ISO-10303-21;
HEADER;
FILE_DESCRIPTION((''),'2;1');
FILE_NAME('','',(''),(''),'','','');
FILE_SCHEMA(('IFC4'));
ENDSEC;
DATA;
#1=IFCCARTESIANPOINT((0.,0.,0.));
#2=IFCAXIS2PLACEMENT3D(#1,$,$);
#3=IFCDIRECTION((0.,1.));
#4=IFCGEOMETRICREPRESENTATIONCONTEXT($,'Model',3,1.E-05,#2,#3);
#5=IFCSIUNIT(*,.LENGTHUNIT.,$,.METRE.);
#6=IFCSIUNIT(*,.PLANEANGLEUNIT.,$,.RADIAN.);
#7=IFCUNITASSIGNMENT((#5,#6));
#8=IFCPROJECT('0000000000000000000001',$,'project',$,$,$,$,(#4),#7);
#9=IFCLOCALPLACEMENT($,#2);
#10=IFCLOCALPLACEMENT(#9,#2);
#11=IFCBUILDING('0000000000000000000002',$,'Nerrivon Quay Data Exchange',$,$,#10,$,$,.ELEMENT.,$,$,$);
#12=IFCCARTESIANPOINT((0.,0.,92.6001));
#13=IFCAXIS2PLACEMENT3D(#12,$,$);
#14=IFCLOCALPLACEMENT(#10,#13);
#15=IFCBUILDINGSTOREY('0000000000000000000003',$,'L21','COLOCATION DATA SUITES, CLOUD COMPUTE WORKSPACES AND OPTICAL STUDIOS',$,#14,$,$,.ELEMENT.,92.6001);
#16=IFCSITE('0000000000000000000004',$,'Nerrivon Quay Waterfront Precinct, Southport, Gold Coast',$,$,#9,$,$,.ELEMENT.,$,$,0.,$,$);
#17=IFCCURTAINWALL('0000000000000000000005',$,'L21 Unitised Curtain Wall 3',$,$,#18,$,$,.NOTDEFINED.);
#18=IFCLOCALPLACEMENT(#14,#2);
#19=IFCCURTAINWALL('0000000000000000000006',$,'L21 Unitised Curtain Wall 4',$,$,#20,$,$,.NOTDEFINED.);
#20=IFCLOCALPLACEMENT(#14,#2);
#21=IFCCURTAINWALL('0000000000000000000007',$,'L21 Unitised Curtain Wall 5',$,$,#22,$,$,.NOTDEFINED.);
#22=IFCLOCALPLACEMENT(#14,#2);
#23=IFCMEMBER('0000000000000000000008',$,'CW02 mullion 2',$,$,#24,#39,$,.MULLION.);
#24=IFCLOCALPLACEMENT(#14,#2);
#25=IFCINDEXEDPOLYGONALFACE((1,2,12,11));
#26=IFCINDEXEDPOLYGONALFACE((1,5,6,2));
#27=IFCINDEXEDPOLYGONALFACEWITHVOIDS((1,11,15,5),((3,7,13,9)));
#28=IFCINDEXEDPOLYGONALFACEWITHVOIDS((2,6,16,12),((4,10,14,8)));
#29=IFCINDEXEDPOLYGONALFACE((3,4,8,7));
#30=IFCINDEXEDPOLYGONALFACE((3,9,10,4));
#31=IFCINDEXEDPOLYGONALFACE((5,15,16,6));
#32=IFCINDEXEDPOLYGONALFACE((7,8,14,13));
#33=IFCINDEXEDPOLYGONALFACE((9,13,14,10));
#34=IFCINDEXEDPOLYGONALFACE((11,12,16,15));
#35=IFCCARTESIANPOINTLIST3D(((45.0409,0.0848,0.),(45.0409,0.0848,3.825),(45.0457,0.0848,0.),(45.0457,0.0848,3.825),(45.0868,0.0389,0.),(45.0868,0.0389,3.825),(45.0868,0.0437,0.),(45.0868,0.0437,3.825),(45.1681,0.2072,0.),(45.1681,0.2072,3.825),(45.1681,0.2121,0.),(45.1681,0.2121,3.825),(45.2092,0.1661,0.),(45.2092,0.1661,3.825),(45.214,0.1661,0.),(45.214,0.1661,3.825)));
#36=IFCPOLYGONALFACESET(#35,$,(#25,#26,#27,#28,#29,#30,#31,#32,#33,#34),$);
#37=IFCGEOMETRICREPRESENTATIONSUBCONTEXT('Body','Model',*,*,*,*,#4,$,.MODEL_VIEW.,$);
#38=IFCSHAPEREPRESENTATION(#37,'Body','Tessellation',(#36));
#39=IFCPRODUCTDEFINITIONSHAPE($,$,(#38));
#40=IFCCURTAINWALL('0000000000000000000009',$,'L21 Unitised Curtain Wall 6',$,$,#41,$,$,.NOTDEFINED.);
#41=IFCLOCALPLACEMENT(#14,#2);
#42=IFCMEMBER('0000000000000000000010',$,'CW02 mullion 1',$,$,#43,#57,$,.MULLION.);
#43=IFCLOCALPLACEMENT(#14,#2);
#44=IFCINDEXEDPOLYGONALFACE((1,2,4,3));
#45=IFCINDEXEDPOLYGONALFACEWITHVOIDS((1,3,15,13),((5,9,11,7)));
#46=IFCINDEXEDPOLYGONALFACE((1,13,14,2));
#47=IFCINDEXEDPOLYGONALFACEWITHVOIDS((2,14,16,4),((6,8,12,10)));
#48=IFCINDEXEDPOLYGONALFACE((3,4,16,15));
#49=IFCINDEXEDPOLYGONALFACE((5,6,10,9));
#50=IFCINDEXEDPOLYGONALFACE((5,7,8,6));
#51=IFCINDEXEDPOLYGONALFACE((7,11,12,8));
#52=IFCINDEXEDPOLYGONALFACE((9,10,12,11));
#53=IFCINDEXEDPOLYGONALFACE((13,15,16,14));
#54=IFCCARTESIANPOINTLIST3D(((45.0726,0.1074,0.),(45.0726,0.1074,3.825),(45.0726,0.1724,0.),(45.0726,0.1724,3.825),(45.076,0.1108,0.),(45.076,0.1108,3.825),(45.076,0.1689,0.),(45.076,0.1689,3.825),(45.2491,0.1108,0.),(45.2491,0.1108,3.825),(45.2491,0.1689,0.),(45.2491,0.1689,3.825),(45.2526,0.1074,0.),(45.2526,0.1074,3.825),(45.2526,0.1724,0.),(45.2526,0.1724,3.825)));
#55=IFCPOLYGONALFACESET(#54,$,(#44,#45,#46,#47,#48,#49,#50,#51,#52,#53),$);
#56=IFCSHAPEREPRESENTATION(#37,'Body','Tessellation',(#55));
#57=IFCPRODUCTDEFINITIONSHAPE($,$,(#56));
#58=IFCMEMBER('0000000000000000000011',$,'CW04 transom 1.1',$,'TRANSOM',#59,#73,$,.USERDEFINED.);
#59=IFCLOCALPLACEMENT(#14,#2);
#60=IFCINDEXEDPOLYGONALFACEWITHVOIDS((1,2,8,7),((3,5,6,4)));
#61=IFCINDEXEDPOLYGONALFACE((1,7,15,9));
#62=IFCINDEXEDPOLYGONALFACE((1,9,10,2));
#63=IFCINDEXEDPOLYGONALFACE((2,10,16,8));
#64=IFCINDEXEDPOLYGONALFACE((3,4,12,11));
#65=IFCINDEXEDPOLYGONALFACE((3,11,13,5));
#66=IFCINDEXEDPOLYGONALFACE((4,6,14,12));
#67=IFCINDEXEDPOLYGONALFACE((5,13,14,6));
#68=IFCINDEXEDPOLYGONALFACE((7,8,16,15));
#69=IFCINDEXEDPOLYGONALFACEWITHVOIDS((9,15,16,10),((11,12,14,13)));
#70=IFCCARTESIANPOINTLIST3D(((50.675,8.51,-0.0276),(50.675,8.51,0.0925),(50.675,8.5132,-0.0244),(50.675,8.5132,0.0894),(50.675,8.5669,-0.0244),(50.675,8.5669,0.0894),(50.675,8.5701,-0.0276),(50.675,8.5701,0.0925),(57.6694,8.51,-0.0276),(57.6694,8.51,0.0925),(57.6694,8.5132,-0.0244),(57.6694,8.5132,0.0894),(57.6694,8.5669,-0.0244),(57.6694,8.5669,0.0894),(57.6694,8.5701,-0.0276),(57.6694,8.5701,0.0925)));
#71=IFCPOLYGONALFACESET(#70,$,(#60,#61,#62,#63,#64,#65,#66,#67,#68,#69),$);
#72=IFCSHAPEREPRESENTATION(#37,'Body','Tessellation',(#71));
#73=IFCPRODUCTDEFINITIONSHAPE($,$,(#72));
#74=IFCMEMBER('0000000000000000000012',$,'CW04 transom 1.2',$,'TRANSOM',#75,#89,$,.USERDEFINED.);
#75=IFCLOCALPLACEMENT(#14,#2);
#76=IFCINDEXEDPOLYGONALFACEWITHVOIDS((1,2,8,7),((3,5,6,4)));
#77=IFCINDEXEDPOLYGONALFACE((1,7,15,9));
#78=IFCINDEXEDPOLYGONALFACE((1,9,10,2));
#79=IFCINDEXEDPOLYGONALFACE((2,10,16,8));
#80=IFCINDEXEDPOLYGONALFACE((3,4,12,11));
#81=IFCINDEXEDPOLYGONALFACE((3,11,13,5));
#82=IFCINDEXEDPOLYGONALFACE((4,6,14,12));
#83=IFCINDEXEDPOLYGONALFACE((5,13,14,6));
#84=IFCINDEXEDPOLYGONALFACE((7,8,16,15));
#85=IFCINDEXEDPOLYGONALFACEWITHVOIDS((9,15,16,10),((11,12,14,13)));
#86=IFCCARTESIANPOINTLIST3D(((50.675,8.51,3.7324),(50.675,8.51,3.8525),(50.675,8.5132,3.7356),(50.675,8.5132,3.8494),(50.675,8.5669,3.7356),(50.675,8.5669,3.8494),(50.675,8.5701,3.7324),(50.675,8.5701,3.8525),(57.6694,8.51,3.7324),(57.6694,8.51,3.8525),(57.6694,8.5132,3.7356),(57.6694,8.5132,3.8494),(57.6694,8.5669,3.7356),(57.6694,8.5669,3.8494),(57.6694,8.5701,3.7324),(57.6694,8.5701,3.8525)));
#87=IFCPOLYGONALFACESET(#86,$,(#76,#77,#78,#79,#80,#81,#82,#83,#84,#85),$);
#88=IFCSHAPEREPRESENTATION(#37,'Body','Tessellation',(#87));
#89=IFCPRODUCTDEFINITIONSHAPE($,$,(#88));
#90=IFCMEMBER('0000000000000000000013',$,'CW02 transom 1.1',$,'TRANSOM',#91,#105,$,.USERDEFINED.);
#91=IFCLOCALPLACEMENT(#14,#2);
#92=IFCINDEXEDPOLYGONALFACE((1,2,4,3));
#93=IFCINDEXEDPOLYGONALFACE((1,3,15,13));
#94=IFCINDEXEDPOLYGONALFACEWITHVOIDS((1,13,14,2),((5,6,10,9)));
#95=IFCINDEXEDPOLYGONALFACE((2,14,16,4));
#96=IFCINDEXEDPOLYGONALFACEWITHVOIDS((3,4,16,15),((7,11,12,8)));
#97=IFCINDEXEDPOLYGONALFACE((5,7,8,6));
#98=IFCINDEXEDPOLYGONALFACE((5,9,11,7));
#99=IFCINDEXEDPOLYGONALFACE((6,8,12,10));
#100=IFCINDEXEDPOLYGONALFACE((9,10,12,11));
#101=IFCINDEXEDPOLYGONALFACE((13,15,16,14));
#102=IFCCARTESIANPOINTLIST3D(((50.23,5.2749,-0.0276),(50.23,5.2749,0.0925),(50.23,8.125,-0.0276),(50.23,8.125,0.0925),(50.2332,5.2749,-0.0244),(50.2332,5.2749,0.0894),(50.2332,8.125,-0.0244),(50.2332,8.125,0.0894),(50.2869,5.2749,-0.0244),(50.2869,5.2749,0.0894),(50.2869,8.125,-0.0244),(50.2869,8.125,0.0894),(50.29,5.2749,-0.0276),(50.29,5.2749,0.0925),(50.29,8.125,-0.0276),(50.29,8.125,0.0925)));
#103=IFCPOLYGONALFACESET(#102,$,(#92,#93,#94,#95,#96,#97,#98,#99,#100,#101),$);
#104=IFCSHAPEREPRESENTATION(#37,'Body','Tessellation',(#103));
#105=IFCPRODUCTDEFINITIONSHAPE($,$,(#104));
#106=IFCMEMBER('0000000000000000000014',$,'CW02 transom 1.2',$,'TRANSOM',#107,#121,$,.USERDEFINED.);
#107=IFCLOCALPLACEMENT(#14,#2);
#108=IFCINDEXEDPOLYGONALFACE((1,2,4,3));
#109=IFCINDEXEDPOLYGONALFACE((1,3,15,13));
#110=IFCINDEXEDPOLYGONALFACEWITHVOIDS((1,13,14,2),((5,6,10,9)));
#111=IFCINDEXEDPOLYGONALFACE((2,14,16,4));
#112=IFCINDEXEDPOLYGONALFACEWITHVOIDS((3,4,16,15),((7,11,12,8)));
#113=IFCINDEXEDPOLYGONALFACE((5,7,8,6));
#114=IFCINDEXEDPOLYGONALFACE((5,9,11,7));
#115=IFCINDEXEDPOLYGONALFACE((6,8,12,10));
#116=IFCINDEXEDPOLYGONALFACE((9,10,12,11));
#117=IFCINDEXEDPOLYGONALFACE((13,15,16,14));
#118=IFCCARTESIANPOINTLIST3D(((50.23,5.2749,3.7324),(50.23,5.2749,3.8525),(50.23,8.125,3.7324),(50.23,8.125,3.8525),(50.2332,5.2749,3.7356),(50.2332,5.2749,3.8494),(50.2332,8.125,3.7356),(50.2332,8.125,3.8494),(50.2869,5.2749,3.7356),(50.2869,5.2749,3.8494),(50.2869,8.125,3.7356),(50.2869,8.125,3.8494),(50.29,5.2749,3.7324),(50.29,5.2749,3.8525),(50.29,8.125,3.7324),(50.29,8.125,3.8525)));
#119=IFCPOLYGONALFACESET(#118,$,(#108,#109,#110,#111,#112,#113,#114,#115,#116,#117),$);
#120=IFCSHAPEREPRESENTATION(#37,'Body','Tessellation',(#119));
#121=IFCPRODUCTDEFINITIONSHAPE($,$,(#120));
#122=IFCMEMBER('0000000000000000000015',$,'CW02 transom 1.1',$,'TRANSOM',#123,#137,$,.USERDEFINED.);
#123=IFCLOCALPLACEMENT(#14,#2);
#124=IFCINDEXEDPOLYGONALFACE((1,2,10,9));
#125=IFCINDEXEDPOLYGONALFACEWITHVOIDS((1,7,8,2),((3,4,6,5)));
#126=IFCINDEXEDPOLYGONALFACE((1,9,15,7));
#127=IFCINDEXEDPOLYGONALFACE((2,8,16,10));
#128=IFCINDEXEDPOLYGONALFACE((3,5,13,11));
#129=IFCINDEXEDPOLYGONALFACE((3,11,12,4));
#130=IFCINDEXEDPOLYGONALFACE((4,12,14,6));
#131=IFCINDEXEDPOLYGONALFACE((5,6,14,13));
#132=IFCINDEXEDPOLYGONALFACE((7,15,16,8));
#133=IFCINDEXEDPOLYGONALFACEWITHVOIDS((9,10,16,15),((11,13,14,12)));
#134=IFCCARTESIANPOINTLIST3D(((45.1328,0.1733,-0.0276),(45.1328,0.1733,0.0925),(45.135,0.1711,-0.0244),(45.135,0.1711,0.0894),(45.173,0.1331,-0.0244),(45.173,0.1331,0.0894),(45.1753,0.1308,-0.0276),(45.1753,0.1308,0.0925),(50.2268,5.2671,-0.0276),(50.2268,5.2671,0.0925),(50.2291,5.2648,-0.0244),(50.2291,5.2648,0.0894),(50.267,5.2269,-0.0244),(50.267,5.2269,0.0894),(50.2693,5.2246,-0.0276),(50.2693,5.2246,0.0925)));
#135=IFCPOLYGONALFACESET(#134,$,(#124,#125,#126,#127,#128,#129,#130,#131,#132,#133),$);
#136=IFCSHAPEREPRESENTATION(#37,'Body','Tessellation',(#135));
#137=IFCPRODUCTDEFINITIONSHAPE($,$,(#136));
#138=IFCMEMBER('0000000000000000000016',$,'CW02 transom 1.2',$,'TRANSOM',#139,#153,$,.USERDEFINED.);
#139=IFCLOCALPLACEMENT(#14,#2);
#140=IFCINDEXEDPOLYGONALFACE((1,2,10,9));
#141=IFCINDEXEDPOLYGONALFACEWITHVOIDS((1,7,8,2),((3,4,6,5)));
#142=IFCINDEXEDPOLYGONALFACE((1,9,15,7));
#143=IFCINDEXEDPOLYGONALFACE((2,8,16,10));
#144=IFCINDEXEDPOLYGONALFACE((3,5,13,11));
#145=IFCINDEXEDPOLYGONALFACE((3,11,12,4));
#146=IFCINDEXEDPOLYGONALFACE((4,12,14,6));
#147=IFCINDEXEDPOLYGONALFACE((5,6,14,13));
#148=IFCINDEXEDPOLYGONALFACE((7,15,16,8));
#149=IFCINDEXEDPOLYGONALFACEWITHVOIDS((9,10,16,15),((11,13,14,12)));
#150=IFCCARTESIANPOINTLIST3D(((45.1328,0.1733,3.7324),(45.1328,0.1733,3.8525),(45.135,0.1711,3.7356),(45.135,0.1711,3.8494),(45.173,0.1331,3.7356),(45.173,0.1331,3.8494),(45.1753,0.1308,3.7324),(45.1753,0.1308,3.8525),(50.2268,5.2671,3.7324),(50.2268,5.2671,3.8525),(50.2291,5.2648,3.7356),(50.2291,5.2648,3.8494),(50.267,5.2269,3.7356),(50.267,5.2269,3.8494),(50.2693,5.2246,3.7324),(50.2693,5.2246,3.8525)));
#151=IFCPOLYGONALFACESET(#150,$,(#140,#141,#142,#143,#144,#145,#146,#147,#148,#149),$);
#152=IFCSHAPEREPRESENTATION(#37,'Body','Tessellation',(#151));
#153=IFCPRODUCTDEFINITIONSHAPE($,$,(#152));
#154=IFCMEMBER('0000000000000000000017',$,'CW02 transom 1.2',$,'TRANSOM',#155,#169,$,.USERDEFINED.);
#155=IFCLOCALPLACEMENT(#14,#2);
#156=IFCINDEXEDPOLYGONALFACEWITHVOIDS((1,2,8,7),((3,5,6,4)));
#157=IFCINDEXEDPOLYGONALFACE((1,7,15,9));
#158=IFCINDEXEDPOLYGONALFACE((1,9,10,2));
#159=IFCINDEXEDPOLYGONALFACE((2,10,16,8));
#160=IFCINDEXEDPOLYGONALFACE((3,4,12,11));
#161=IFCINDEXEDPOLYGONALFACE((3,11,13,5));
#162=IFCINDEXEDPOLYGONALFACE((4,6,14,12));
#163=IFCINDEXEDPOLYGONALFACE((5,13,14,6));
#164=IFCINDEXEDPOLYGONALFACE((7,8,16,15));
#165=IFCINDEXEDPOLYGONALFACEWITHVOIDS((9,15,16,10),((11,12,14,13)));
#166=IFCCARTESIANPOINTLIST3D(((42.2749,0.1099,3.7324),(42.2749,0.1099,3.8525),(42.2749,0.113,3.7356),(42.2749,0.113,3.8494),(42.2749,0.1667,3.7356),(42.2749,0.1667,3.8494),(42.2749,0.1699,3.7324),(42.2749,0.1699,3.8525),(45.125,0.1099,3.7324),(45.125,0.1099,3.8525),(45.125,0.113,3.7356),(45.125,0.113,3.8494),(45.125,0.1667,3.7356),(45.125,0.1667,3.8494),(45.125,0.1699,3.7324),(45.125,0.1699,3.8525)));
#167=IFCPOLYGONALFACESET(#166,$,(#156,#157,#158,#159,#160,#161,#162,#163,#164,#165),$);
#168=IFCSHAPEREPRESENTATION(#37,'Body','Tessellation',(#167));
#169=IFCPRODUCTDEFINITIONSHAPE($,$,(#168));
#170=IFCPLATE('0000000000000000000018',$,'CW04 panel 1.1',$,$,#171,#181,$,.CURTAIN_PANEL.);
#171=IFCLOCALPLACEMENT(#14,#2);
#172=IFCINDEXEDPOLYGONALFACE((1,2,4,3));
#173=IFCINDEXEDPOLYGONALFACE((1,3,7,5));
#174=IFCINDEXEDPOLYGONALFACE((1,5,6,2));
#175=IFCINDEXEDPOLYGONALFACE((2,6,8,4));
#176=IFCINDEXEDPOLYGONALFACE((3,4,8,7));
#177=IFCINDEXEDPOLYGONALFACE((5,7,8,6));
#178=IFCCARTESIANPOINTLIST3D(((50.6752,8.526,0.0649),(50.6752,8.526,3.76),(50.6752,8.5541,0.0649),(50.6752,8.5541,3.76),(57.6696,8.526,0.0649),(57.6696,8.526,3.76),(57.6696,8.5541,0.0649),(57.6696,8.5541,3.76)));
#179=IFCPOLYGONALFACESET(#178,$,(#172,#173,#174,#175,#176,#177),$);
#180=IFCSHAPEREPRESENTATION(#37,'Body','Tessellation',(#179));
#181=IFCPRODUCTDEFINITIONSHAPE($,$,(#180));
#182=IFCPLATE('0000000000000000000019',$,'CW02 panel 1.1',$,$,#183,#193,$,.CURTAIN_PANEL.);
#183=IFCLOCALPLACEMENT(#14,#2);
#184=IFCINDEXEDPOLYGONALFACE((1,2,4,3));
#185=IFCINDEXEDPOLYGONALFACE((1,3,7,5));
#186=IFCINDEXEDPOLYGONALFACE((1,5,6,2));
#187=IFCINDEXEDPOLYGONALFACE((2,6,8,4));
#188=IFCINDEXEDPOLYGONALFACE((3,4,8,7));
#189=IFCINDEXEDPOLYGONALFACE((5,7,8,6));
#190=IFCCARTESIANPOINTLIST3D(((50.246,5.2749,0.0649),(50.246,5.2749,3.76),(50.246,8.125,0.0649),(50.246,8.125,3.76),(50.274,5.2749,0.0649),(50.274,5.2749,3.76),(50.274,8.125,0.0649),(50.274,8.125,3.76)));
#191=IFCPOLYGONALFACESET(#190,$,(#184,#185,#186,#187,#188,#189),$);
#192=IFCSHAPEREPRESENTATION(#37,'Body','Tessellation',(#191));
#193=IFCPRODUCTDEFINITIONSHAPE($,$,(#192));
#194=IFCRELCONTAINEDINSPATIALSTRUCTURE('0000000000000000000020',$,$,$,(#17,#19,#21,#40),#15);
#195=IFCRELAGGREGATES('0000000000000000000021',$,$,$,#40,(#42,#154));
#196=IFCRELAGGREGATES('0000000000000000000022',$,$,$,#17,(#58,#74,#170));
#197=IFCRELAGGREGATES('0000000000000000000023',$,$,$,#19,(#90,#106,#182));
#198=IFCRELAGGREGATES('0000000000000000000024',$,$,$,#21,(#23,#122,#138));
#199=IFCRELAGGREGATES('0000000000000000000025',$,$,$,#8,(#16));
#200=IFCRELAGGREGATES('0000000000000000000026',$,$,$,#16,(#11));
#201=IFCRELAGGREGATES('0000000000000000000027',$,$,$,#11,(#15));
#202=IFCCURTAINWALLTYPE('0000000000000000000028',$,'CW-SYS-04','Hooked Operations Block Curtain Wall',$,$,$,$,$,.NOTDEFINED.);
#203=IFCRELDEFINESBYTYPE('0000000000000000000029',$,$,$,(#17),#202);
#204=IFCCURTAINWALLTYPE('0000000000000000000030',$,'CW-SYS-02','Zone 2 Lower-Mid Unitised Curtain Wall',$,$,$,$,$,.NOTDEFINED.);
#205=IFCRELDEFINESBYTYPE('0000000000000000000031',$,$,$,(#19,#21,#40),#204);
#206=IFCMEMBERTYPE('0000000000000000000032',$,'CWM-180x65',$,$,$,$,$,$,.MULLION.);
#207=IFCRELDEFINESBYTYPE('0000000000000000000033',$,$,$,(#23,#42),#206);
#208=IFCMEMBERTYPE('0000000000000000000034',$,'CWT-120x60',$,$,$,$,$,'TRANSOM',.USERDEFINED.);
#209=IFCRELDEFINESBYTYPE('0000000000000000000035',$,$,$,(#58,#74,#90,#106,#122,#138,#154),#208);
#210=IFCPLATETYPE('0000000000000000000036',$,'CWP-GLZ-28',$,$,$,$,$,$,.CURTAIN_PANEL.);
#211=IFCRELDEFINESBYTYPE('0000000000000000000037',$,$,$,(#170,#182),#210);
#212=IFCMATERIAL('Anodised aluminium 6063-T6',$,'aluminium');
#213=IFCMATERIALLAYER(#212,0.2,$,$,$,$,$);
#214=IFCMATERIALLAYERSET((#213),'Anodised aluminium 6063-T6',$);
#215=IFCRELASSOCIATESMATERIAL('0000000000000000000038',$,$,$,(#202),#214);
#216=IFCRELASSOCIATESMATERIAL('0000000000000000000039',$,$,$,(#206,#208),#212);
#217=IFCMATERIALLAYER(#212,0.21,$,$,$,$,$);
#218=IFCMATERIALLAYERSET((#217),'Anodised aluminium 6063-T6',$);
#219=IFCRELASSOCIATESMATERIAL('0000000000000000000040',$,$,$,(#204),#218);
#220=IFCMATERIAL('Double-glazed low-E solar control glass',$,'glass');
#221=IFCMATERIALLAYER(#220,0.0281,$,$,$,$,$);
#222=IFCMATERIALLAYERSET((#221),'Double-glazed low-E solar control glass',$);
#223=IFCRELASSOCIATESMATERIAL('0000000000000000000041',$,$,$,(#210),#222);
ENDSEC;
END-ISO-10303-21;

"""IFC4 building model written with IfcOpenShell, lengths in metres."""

from ifc_helpers import new_model, si_unit, direction, frame, origin, origin_2d, place, context, subcontext, project, spatial, rectangle, hollow_rectangle, extrude, material, layer, layer_set, material_profile, profile_set, type_object, element, aggregate, save


model = new_model("IFC4")

# Units and contexts
model_context = context("Model", 3, precision=1e-05, world=origin(), true_north=direction((0.0, 1.0)))
body_context = subcontext(model_context, "Body", "Model", "MODEL_VIEW")
ifc_project = project(units=[si_unit("LENGTHUNIT", "METRE"), si_unit("PLANEANGLEUNIT", "RADIAN")], contexts=[model_context])

# Site, building, storey
site_placement = place(None, origin())
site = spatial("IfcSite", under=ifc_project, at=site_placement, Name="Nerrivon Quay Waterfront Precinct, Southport, Gold Coast", CompositionType="ELEMENT", RefElevation=0.0)
building_placement = place(site_placement, origin())
building = spatial("IfcBuilding", under=site, at=building_placement, Name="Nerrivon Quay Data Exchange", CompositionType="ELEMENT")
storey_placement = place(building_placement, frame((0.0, 0.0, 92.6001)))
storey = spatial("IfcBuildingStorey", under=building, at=storey_placement, Name="L21", Description="COLOCATION DATA SUITES, CLOUD COMPUTE WORKSPACES AND OPTICAL STUDIOS", CompositionType="ELEMENT", Elevation=92.6001)

# Curtain walls, member
ifc_material_1 = material(Name="Anodised aluminium 6063-T6", Category="aluminium")
ifc_layer_1 = layer(ifc_material_1, 0.2)
ifc_layer_set_1 = layer_set([ifc_layer_1], Name="Anodised aluminium 6063-T6")
curtain_wall_type_1 = type_object("IfcCurtainWallType", Name="CW-SYS-04", Description="Hooked Operations Block Curtain Wall", PredefinedType="NOTDEFINED", material=ifc_layer_set_1)
curtain_wall_1_placement = place(storey_placement, origin())
curtain_wall_1 = element("IfcCurtainWall", 1, at=curtain_wall_1_placement, inside=storey, type_object=curtain_wall_type_1, Name="L21 Unitised Curtain Wall 3", PredefinedType="NOTDEFINED")
ifc_material_profile_1 = material_profile(ifc_material_1, hollow_rectangle(XDim=0.0649, YDim=0.1799, WallThickness=0.0034, at=origin_2d()), Name="ALU-MULL-180x65")
ifc_profile_set_1 = profile_set([ifc_material_profile_1], Name="Anodised aluminium 6063-T6")
member_type_1 = type_object("IfcMemberType", Name="CWM-180x65", PredefinedType="MULLION", material=ifc_profile_set_1)
ifc_layer_2 = layer(ifc_material_1, 0.21)
ifc_layer_set_2 = layer_set([ifc_layer_2], Name="Anodised aluminium 6063-T6")
curtain_wall_type_2 = type_object("IfcCurtainWallType", Name="CW-SYS-02", Description="Zone 2 Lower-Mid Unitised Curtain Wall", PredefinedType="NOTDEFINED", material=ifc_layer_set_2)
curtain_wall_2_placement = place(storey_placement, origin())
curtain_wall_2 = element("IfcCurtainWall", 2, at=curtain_wall_2_placement, inside=storey, type_object=curtain_wall_type_2, Name="L21 Unitised Curtain Wall 4", PredefinedType="NOTDEFINED")
curtain_wall_3_placement = place(storey_placement, origin())
curtain_wall_3 = element("IfcCurtainWall", 3, at=curtain_wall_3_placement, inside=storey, type_object=curtain_wall_type_2, Name="L21 Unitised Curtain Wall 5", PredefinedType="NOTDEFINED")
member_1_placement = place(storey_placement, frame((45.1274, 0.1255, 0.0), z_axis=(0.0, 0.0, 1.0), x_axis=(0.707107, -0.707107, 0.0)))
member_1 = element("IfcMember", 4, at=member_1_placement, type_object=member_type_1, Name="CW02 mullion 2", PredefinedType="MULLION", context=body_context, shape_type="SweptSolid", body=[
    extrude(hollow_rectangle(XDim=0.0649, YDim=0.1799, WallThickness=0.0034, at=origin_2d()), origin(), (0.0, 0.0, 1.0), 3.825),
])

# Curtain wall, member
curtain_wall_4_placement = place(storey_placement, origin())
curtain_wall_4 = element("IfcCurtainWall", 5, at=curtain_wall_4_placement, inside=storey, type_object=curtain_wall_type_2, Name="L21 Unitised Curtain Wall 6", PredefinedType="NOTDEFINED")
member_2_placement = place(storey_placement, frame((45.1626, 0.1399, 0.0), z_axis=(0.0, 0.0, 1.0), x_axis=(0.0, -1.0, 0.0)))
member_2 = element("IfcMember", 6, at=member_2_placement, type_object=member_type_1, Name="CW02 mullion 1", PredefinedType="MULLION", context=body_context, shape_type="SweptSolid", body=[
    extrude(hollow_rectangle(XDim=0.0649, YDim=0.1799, WallThickness=0.0034, at=origin_2d()), origin(), (0.0, 0.0, 1.0), 3.825),
])

# Members
ifc_material_profile_2 = material_profile(ifc_material_1, hollow_rectangle(XDim=0.0601, YDim=0.1201, WallThickness=0.0032, at=origin_2d()), Name="ALU-TRAN-120x60")
ifc_profile_set_2 = profile_set([ifc_material_profile_2], Name="Anodised aluminium 6063-T6")
member_type_2 = type_object("IfcMemberType", Name="CWT-120x60", ElementType="TRANSOM", PredefinedType="USERDEFINED", material=ifc_profile_set_2)
member_3_placement = place(storey_placement, frame((57.6694, 8.54, 0.0325), z_axis=(-1.0, 0.0, 0.0), x_axis=(0.0, -1.0, 0.0)))
member_3 = element("IfcMember", 7, at=member_3_placement, type_object=member_type_2, Name="CW04 transom 1.1", ObjectType="TRANSOM", PredefinedType="USERDEFINED", context=body_context, shape_type="SweptSolid", body=[
    extrude(hollow_rectangle(XDim=0.0601, YDim=0.1201, WallThickness=0.0032, at=origin_2d()), origin(), (0.0, 0.0, 1.0), 6.9944),
])
member_4_placement = place(storey_placement, frame((57.6694, 8.54, 3.7925), z_axis=(-1.0, 0.0, 0.0), x_axis=(0.0, -1.0, 0.0)))
member_4 = element("IfcMember", 8, at=member_4_placement, type_object=member_type_2, Name="CW04 transom 1.2", ObjectType="TRANSOM", PredefinedType="USERDEFINED", context=body_context, shape_type="SweptSolid", body=[
    extrude(hollow_rectangle(XDim=0.0601, YDim=0.1201, WallThickness=0.0032, at=origin_2d()), origin(), (0.0, 0.0, 1.0), 6.9944),
])
member_5_placement = place(storey_placement, frame((50.26, 8.125, 0.0325), z_axis=(0.0, -1.0, 0.0), x_axis=(1.0, 0.0, 0.0)))
member_5 = element("IfcMember", 9, at=member_5_placement, type_object=member_type_2, Name="CW02 transom 1.1", ObjectType="TRANSOM", PredefinedType="USERDEFINED", context=body_context, shape_type="SweptSolid", body=[
    extrude(hollow_rectangle(XDim=0.0601, YDim=0.1201, WallThickness=0.0032, at=origin_2d()), origin(), (0.0, 0.0, 1.0), 2.8501),
])
member_6_placement = place(storey_placement, frame((50.26, 8.125, 3.7925), z_axis=(0.0, -1.0, 0.0), x_axis=(1.0, 0.0, 0.0)))
member_6 = element("IfcMember", 10, at=member_6_placement, type_object=member_type_2, Name="CW02 transom 1.2", ObjectType="TRANSOM", PredefinedType="USERDEFINED", context=body_context, shape_type="SweptSolid", body=[
    extrude(hollow_rectangle(XDim=0.0601, YDim=0.1201, WallThickness=0.0032, at=origin_2d()), origin(), (0.0, 0.0, 1.0), 2.8501),
])
member_7_placement = place(storey_placement, frame((50.248, 5.2458, 0.0325), z_axis=(-0.707124, -0.70709, 0.0), x_axis=(0.70709, -0.707124, 0.0)))
member_7 = element("IfcMember", 11, at=member_7_placement, type_object=member_type_2, Name="CW02 transom 1.1", ObjectType="TRANSOM", PredefinedType="USERDEFINED", context=body_context, shape_type="SweptSolid", body=[
    extrude(hollow_rectangle(XDim=0.0601, YDim=0.1201, WallThickness=0.0032, at=origin_2d()), origin(), (0.0, 0.0, 1.0), 7.2039),
])
member_8_placement = place(storey_placement, frame((50.248, 5.2458, 3.7925), z_axis=(-0.707124, -0.70709, 0.0), x_axis=(0.70709, -0.707124, 0.0)))
member_8 = element("IfcMember", 12, at=member_8_placement, type_object=member_type_2, Name="CW02 transom 1.2", ObjectType="TRANSOM", PredefinedType="USERDEFINED", context=body_context, shape_type="SweptSolid", body=[
    extrude(hollow_rectangle(XDim=0.0601, YDim=0.1201, WallThickness=0.0032, at=origin_2d()), origin(), (0.0, 0.0, 1.0), 7.2039),
])
member_9_placement = place(storey_placement, frame((45.125, 0.1399, 3.7925), z_axis=(-1.0, 0.0, 0.0), x_axis=(0.0, -1.0, 0.0)))
member_9 = element("IfcMember", 13, at=member_9_placement, type_object=member_type_2, Name="CW02 transom 1.2", ObjectType="TRANSOM", PredefinedType="USERDEFINED", context=body_context, shape_type="SweptSolid", body=[
    extrude(hollow_rectangle(XDim=0.0601, YDim=0.1201, WallThickness=0.0032, at=origin_2d()), origin(), (0.0, 0.0, 1.0), 2.8501),
])
aggregate(curtain_wall_4, [member_2, member_9])

# Plates
ifc_material_2 = material(Name="Double-glazed low-E solar control glass", Category="glass")
ifc_layer_3 = layer(ifc_material_2, 0.0281)
ifc_layer_set_3 = layer_set([ifc_layer_3], Name="Double-glazed low-E solar control glass")
plate_type = type_object("IfcPlateType", Name="CWP-GLZ-28", PredefinedType="CURTAIN_PANEL", material=ifc_layer_set_3)
plate_1_placement = place(storey_placement, frame((54.1724, 8.54, 0.0649), z_axis=(0.0, 0.0, 1.0), x_axis=(-1.0, 0.0, 0.0)))
plate_1 = element("IfcPlate", 14, at=plate_1_placement, type_object=plate_type, Name="CW04 panel 1.1", PredefinedType="CURTAIN_PANEL", context=body_context, shape_type="SweptSolid", body=[
    extrude(rectangle(XDim=6.9944, YDim=0.0281, at=origin_2d()), origin(), (0.0, 0.0, 1.0), 3.6951),
])
aggregate(curtain_wall_1, [member_3, member_4, plate_1])
plate_2_placement = place(storey_placement, frame((50.26, 6.7, 0.0649), z_axis=(0.0, 0.0, 1.0), x_axis=(0.0, -1.0, 0.0)))
plate_2 = element("IfcPlate", 15, at=plate_2_placement, type_object=plate_type, Name="CW02 panel 1.1", PredefinedType="CURTAIN_PANEL", context=body_context, shape_type="SweptSolid", body=[
    extrude(rectangle(XDim=2.8501, YDim=0.0281, at=origin_2d()), origin(), (0.0, 0.0, 1.0), 3.6951),
])
aggregate(curtain_wall_2, [member_5, member_6, plate_2])
aggregate(curtain_wall_3, [member_1, member_7, member_8])

save(model, "model.ifc")
